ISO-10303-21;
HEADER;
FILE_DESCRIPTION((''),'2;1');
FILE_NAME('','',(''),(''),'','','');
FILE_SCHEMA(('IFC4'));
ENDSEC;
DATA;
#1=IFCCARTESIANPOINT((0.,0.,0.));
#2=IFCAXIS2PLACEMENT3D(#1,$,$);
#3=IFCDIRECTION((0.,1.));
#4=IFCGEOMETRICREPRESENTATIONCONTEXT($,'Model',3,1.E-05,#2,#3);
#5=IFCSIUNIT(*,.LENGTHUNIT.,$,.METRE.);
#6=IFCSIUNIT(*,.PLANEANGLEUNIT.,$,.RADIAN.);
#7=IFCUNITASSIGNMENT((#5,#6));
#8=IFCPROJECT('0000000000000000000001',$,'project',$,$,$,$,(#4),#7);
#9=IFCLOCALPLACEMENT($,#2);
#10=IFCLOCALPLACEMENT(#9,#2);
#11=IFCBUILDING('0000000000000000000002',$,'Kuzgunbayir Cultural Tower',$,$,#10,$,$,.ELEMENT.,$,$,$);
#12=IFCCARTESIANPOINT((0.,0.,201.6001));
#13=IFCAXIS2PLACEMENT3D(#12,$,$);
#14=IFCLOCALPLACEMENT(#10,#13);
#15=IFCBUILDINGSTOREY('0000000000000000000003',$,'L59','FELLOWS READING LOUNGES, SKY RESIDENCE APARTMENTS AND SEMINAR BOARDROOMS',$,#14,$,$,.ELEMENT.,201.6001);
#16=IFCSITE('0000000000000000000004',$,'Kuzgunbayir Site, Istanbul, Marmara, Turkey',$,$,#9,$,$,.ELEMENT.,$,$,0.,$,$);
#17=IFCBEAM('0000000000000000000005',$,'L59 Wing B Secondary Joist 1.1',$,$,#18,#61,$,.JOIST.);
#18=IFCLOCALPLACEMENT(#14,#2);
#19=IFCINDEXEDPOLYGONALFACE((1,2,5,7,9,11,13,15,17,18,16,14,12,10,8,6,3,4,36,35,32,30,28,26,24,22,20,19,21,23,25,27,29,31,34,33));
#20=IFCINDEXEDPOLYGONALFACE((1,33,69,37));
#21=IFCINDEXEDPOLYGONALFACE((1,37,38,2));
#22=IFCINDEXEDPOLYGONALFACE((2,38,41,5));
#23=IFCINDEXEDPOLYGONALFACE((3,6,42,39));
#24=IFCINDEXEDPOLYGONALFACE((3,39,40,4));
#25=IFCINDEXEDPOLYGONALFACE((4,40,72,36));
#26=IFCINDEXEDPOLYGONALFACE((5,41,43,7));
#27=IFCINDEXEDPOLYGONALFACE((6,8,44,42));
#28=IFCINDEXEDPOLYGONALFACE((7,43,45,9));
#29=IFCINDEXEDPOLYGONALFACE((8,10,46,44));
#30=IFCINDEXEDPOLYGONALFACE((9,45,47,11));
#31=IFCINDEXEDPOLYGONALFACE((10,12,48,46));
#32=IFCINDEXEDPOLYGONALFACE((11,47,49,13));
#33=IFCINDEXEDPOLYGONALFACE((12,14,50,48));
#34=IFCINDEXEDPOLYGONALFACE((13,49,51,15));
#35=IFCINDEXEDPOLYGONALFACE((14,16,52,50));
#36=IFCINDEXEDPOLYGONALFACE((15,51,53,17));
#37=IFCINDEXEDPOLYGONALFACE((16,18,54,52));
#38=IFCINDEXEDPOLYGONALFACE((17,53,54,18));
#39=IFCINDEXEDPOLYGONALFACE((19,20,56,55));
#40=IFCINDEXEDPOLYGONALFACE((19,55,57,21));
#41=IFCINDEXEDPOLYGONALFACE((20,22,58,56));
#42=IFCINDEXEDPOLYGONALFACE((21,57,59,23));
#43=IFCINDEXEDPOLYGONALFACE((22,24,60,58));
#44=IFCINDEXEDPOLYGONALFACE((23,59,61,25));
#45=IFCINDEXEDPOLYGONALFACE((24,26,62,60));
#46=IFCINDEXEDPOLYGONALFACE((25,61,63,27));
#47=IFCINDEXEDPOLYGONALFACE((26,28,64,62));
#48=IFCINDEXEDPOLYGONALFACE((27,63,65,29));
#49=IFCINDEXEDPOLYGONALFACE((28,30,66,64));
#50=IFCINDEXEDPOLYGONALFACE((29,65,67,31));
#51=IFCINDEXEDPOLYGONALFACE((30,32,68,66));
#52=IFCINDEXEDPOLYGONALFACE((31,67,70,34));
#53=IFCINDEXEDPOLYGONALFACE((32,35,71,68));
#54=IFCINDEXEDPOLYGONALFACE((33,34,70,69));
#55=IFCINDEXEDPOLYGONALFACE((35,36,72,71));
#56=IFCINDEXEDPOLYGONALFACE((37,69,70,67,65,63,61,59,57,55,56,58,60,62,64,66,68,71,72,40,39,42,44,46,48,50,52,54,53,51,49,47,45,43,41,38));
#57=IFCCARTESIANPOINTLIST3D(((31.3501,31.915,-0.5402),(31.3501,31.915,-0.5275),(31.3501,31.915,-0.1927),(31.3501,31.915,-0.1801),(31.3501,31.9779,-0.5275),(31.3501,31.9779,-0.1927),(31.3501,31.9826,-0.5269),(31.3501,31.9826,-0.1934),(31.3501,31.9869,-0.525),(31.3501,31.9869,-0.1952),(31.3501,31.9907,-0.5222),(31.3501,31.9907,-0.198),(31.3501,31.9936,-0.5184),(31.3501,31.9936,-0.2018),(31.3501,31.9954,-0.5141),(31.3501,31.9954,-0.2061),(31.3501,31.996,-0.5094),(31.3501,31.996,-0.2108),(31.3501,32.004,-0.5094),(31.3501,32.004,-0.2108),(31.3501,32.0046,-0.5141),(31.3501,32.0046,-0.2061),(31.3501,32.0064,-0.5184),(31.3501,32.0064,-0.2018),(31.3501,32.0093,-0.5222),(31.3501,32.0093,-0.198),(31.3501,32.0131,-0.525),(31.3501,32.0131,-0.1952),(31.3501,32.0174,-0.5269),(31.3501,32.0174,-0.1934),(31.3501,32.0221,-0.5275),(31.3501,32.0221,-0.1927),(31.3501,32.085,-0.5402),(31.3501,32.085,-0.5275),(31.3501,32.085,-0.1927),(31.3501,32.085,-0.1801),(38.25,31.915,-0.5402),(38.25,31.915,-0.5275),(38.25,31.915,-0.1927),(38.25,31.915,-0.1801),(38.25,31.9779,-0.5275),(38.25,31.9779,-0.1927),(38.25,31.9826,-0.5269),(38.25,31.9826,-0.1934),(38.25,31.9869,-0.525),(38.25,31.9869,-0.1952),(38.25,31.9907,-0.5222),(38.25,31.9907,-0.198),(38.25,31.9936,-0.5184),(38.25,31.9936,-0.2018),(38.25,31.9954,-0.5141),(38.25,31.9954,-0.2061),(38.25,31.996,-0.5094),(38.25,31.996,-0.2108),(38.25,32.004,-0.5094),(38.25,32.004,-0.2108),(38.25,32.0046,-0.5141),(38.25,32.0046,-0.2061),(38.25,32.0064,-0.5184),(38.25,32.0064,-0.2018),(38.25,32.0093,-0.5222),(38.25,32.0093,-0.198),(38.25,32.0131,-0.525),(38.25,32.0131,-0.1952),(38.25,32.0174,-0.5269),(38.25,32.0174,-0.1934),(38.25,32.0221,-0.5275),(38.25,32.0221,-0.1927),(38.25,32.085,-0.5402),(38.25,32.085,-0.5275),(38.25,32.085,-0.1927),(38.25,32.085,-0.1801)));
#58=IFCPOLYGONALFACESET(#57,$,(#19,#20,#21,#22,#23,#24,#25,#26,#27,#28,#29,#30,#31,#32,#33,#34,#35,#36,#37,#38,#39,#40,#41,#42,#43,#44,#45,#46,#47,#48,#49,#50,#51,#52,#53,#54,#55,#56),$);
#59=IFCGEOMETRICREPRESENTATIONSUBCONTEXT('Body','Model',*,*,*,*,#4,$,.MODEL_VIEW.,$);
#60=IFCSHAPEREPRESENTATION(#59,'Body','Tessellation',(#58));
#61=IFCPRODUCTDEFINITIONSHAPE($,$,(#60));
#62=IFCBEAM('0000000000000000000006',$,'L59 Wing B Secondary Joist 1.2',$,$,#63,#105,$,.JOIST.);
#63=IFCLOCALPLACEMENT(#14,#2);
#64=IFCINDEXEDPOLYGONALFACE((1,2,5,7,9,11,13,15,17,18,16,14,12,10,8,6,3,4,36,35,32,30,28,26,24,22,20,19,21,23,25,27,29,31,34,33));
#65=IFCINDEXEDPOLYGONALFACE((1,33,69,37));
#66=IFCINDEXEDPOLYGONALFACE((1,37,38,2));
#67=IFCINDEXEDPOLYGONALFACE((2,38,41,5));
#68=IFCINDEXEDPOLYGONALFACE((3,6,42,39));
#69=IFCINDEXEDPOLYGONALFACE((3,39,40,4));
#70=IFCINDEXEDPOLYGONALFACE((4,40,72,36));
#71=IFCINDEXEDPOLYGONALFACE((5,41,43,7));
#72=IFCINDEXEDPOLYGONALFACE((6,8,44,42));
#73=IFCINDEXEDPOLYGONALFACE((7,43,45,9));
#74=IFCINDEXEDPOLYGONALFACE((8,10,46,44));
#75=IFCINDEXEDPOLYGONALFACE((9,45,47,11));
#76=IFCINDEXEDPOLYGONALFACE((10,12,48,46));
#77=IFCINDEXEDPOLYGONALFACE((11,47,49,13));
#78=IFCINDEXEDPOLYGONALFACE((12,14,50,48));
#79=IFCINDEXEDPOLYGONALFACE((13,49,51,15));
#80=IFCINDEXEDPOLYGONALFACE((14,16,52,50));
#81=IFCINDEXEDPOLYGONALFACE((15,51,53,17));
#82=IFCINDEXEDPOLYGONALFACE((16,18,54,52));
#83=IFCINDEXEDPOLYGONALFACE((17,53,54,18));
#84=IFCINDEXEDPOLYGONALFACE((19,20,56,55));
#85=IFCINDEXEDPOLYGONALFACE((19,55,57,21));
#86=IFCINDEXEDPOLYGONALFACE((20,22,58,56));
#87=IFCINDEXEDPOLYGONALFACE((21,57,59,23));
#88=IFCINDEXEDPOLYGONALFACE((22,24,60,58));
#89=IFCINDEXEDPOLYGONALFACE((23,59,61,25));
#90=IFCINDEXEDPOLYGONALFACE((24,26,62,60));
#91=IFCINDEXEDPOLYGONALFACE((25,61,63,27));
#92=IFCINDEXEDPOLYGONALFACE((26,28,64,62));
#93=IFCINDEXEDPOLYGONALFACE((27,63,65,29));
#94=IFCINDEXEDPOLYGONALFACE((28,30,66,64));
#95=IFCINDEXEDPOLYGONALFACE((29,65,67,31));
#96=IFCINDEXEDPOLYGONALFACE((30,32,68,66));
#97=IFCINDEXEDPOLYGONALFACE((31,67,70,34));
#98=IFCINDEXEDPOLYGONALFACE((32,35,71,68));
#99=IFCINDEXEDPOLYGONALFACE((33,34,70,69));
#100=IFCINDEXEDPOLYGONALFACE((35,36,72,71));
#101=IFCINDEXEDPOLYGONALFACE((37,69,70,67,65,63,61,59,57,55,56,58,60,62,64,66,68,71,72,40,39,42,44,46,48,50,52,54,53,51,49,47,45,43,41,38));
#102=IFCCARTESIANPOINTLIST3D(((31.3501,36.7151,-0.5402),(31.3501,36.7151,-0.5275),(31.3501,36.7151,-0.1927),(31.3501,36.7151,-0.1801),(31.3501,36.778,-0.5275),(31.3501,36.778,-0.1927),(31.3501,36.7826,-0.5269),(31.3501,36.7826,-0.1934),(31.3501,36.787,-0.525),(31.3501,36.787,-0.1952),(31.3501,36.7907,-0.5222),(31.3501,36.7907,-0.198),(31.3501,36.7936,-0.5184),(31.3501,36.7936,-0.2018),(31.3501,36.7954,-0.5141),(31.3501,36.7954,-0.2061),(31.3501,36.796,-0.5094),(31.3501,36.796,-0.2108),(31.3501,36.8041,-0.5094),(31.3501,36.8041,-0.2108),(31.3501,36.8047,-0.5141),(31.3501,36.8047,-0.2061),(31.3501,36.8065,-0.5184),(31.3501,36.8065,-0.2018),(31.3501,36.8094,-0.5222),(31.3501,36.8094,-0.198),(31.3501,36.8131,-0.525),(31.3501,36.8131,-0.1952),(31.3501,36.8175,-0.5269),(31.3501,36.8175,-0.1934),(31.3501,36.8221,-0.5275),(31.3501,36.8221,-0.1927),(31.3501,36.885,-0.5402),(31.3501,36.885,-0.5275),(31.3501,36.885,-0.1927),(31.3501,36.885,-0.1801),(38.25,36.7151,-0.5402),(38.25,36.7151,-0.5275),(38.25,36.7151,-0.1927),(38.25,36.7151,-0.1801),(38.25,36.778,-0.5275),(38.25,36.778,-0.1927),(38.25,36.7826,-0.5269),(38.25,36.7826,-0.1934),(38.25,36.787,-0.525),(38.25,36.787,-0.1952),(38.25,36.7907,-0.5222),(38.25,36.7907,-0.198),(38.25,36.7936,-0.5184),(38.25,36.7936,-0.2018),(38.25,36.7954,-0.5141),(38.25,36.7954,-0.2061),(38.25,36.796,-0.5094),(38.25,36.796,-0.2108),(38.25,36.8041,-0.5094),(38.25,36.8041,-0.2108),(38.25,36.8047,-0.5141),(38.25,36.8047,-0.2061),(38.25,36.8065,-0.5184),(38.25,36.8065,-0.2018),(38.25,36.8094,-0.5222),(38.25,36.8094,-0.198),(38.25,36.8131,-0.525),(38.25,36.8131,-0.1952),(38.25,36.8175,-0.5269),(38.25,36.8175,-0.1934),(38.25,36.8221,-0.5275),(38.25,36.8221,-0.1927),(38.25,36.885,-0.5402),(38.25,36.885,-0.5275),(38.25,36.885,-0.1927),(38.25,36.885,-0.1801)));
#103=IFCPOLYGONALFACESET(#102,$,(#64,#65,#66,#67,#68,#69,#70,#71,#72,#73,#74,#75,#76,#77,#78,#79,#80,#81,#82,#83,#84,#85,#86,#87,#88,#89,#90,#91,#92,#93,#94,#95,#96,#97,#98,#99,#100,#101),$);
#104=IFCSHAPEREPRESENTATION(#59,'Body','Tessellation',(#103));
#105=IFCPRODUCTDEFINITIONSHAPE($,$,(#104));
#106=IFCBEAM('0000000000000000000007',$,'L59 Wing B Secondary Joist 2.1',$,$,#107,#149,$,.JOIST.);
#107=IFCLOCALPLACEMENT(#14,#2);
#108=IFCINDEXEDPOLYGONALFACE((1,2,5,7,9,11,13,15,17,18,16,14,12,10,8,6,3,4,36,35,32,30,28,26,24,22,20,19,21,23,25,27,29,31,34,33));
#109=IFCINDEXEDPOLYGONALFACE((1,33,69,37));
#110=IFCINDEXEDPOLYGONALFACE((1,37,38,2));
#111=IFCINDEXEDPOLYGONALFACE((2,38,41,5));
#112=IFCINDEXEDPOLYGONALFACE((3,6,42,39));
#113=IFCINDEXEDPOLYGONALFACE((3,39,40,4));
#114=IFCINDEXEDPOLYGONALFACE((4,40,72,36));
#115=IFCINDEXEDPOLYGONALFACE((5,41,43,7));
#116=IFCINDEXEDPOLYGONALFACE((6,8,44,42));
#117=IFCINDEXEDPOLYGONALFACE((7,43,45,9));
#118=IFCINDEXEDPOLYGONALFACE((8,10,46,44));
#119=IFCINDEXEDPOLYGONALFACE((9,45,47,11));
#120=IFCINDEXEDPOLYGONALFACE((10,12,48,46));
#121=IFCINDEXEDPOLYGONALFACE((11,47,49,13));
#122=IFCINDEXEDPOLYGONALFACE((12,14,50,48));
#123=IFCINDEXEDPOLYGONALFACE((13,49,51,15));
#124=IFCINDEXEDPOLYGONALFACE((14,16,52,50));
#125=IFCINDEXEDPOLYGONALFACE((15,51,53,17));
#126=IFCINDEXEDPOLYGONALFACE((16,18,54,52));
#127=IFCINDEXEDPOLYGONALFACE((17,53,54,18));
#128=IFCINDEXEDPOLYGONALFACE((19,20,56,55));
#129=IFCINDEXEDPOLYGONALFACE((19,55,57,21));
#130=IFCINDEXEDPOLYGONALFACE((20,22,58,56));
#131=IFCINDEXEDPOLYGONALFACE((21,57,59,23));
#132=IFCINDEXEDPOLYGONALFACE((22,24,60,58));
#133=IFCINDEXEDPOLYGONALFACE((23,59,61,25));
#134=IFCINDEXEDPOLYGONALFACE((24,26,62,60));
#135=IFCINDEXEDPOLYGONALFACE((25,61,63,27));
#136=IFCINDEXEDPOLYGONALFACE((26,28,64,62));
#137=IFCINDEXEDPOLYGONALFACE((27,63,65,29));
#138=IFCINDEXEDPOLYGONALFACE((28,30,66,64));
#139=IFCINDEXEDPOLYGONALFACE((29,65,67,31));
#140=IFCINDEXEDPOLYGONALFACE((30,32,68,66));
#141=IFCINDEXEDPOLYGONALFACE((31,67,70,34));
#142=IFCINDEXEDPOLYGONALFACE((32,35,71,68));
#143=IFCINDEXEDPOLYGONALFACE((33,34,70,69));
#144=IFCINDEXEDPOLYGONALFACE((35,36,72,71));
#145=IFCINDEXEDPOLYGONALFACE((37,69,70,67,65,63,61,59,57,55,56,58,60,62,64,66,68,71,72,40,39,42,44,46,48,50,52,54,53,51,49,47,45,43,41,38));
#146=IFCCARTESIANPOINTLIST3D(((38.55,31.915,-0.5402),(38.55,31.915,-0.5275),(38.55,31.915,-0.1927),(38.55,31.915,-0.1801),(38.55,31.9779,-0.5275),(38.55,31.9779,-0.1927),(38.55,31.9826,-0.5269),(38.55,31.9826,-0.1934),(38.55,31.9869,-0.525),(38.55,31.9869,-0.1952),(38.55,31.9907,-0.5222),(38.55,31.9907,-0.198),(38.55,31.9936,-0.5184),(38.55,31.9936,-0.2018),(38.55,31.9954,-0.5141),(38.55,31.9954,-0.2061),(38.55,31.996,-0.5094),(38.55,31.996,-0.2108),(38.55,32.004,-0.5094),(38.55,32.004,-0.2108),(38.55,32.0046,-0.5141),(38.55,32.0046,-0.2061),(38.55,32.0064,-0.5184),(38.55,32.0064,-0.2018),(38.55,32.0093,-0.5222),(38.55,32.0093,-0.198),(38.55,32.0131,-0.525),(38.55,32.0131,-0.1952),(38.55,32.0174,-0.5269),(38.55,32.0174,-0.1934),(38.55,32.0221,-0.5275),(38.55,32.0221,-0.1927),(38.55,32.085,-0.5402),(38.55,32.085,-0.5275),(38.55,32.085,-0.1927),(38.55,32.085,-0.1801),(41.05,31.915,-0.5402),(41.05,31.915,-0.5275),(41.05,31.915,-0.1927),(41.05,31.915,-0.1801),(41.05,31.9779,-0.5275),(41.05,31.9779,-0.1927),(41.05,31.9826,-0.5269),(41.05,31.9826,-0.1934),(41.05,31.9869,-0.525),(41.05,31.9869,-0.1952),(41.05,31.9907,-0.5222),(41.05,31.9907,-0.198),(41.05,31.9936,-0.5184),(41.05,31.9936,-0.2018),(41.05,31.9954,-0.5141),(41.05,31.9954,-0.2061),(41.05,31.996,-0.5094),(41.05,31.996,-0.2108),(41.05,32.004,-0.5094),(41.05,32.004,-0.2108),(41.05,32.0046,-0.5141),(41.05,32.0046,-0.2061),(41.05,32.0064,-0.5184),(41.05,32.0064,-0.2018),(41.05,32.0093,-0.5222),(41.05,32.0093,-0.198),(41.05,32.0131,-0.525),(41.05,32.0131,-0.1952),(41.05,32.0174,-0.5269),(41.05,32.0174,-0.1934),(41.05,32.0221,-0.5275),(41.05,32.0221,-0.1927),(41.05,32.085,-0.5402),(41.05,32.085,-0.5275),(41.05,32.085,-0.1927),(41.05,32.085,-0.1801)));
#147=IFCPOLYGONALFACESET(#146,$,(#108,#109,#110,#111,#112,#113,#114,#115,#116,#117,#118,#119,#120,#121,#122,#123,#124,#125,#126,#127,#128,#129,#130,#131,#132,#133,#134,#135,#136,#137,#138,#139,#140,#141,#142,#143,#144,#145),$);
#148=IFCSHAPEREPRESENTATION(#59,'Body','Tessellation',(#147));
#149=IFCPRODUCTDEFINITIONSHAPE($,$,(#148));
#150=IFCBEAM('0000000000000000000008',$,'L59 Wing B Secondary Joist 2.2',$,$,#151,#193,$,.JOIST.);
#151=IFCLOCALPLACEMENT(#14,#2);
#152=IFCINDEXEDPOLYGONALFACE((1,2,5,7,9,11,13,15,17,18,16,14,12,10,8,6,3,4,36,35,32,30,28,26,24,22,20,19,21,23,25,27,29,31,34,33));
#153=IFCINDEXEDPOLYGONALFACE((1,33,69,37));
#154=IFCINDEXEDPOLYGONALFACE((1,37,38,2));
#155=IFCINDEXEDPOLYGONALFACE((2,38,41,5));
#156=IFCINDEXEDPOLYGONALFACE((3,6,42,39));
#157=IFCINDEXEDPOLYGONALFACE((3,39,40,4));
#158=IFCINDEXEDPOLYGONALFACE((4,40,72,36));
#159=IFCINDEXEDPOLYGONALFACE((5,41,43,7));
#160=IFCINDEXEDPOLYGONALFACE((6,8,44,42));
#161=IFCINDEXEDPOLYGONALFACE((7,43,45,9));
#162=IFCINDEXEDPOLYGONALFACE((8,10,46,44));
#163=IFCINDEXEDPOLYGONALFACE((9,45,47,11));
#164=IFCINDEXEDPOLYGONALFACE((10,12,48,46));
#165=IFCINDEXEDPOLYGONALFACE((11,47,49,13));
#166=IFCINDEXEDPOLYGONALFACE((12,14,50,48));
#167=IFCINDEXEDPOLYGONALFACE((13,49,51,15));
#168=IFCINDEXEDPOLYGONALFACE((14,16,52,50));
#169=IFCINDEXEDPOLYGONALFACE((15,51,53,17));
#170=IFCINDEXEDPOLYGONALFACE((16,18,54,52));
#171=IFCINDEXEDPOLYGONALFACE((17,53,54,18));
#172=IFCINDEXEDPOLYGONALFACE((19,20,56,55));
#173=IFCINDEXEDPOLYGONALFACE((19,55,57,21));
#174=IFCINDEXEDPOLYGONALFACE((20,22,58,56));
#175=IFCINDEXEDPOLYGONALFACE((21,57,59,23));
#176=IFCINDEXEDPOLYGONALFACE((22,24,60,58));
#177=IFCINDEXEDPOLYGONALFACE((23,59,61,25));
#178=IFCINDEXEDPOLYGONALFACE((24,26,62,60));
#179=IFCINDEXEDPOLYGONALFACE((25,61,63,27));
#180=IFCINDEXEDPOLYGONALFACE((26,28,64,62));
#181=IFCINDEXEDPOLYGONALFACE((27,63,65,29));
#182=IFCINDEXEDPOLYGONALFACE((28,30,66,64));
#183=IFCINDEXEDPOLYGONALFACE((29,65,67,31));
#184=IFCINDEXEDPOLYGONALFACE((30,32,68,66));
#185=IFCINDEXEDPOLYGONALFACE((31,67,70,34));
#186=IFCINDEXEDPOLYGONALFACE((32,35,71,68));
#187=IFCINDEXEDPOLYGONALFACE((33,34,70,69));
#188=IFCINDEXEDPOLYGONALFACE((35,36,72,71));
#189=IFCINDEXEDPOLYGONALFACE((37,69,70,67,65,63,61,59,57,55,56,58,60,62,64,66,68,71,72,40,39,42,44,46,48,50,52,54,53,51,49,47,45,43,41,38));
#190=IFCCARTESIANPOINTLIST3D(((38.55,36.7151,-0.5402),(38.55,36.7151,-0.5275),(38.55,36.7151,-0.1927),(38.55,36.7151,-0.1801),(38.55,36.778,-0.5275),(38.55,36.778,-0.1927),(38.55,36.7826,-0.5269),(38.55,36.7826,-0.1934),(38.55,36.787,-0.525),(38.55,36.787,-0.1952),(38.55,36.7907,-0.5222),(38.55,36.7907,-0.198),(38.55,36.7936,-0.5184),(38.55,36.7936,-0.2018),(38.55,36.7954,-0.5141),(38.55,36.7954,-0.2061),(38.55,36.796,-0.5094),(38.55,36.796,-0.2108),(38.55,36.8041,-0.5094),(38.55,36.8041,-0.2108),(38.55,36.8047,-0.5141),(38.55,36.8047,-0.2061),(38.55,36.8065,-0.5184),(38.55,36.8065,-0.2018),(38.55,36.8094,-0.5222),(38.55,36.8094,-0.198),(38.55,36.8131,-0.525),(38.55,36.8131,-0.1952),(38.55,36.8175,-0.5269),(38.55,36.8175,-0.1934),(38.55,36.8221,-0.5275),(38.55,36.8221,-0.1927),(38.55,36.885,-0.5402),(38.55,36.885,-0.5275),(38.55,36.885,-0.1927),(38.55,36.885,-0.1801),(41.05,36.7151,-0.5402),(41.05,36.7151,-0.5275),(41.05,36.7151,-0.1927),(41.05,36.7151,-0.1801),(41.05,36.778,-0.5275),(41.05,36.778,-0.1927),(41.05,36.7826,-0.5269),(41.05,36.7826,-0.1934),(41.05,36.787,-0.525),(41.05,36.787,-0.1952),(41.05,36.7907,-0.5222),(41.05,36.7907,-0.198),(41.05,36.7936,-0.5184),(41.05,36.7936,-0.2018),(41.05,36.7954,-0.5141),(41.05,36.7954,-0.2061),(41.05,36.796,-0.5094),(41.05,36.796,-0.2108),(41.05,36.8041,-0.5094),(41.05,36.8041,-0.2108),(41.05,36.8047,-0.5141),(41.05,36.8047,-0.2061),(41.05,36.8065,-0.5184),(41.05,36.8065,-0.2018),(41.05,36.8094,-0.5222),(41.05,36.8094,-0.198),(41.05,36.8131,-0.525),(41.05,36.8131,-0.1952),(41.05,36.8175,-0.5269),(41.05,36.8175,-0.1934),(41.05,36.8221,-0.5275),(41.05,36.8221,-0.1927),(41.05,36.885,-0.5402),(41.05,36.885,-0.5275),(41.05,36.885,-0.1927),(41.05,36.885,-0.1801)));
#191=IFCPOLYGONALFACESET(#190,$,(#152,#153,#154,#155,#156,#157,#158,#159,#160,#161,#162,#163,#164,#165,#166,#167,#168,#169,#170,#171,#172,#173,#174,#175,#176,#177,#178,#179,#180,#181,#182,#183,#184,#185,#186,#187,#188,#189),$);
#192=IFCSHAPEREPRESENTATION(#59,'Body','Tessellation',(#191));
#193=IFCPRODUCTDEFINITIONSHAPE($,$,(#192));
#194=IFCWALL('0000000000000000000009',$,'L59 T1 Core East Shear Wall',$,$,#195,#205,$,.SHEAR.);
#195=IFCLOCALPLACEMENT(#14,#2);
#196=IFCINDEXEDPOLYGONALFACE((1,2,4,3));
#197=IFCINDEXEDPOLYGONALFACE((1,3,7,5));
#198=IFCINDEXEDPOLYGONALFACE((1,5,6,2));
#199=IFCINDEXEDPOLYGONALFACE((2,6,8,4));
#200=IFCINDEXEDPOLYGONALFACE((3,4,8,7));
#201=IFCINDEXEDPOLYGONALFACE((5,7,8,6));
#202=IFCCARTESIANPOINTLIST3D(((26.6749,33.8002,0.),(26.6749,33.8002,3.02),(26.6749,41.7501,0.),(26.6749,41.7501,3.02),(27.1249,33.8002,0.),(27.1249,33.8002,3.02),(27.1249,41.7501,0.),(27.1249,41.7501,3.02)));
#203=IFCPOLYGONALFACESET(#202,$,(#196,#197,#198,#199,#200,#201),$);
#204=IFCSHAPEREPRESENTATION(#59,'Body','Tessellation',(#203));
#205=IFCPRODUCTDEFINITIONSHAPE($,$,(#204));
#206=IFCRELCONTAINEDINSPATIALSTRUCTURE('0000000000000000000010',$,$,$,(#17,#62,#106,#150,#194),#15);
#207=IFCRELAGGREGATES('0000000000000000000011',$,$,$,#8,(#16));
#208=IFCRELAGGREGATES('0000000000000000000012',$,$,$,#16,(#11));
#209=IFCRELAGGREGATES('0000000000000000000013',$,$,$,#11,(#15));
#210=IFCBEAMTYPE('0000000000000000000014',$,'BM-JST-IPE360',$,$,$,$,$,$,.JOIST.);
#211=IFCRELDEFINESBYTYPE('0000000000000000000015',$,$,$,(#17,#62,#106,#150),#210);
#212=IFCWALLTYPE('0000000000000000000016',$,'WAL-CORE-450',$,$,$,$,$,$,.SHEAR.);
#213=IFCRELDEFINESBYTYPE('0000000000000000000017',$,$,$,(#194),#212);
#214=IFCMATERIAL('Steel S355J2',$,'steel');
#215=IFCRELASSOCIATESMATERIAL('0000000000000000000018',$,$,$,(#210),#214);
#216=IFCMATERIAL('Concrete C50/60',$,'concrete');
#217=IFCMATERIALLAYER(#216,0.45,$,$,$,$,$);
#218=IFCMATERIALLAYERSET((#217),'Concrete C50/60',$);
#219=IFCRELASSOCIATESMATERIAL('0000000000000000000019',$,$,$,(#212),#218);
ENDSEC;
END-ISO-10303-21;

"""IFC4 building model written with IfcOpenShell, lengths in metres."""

from ifc_helpers import new_model, si_unit, direction, frame, frame_2d, origin, origin_2d, place, context, subcontext, project, spatial, rectangle, i_section, extrude, material, layer, layer_set, material_profile, profile_set, type_object, element, save


model = new_model("IFC4")

# Units and contexts
model_context = context("Model", 3, precision=1e-05, world=origin(), true_north=direction((0.0, 1.0)))
body_context = subcontext(model_context, "Body", "Model", "MODEL_VIEW")
ifc_project = project(units=[si_unit("LENGTHUNIT", "METRE"), si_unit("PLANEANGLEUNIT", "RADIAN")], contexts=[model_context])

# Site, building, storey
site_placement = place(None, origin())
site = spatial("IfcSite", under=ifc_project, at=site_placement, Name="Kuzgunbayir Site, Istanbul, Marmara, Turkey", CompositionType="ELEMENT", RefElevation=0.0)
building_placement = place(site_placement, origin())
building = spatial("IfcBuilding", under=site, at=building_placement, Name="Kuzgunbayir Cultural Tower", CompositionType="ELEMENT")
storey_placement = place(building_placement, frame((0.0, 0.0, 201.6001)))
storey = spatial("IfcBuildingStorey", under=building, at=storey_placement, Name="L59", Description="FELLOWS READING LOUNGES, SKY RESIDENCE APARTMENTS AND SEMINAR BOARDROOMS", CompositionType="ELEMENT", Elevation=201.6001)

# Shared definitions
ifc_material_1 = material(Name="Concrete C50/60", Category="concrete")

# Beams
ifc_material_2 = material(Name="Steel S355J2", Category="steel")
ifc_material_profile_1 = material_profile(ifc_material_2, i_section(OverallWidth=0.1699, OverallDepth=0.3601, WebThickness=0.0081, FlangeThickness=0.0127, FilletRadius=0.0181, at=origin_2d()), Name="IPE 360")
ifc_profile_set_1 = profile_set([ifc_material_profile_1], Name="Steel S355J2")
beam_type_1 = type_object("IfcBeamType", Name="BM-JST-IPE360", PredefinedType="JOIST", material=ifc_profile_set_1)
for number, where, z_axis, x_axis, name in (
    (1, (31.3501, 32.0, -0.3601), (1.0, 0.0, 0.0), (0.0, 1.0, 0.0), "L59 Wing B Secondary Joist 1.1"),
    (2, (31.3501, 36.8, -0.3601), (1.0, 0.0, 0.0), (0.0, 1.0, 0.0), "L59 Wing B Secondary Joist 1.2"),
):
    element("IfcBeam", number, at=place(storey_placement, frame(where, z_axis=z_axis, x_axis=x_axis)), inside=storey, type_object=beam_type_1, Name=name, PredefinedType="JOIST", context=body_context, shape_type="SweptSolid", body=[
        extrude(i_section(OverallWidth=0.1699, OverallDepth=0.3601, WebThickness=0.0081, FlangeThickness=0.0127, FilletRadius=0.0181, at=origin_2d()), origin(), (0.0, 0.0, 1.0), 6.8999),
    ])
for number, where, z_axis, x_axis, name in (
    (3, (38.55, 32.0, -0.3601), (1.0, 0.0, 0.0), (0.0, 1.0, 0.0), "L59 Wing B Secondary Joist 2.1"),
    (4, (38.55, 36.8, -0.3601), (1.0, 0.0, 0.0), (0.0, 1.0, 0.0), "L59 Wing B Secondary Joist 2.2"),
):
    element("IfcBeam", number, at=place(storey_placement, frame(where, z_axis=z_axis, x_axis=x_axis)), inside=storey, type_object=beam_type_1, Name=name, PredefinedType="JOIST", context=body_context, shape_type="SweptSolid", body=[
        extrude(i_section(OverallWidth=0.1699, OverallDepth=0.3601, WebThickness=0.0081, FlangeThickness=0.0127, FilletRadius=0.0181, at=origin_2d()), origin(), (0.0, 0.0, 1.0), 2.5),
    ])

# Wall
ifc_layer_1 = layer(ifc_material_1, 0.45)
ifc_layer_set_1 = layer_set([ifc_layer_1], Name="Concrete C50/60")
wall_type_1 = type_object("IfcWallType", Name="WAL-CORE-450", PredefinedType="SHEAR", material=ifc_layer_set_1)
wall_1_placement = place(storey_placement, frame((26.8999, 33.8, 0.0), z_axis=(0.0, 0.0, 1.0), x_axis=(0.0, 1.0, 0.0)))
element("IfcWall", 5, at=wall_1_placement, inside=storey, type_object=wall_type_1, Name="L59 T1 Core East Shear Wall", PredefinedType="SHEAR", context=body_context, shape_type="SweptSolid", body=[
    extrude(rectangle(XDim=7.95, YDim=0.45, at=frame_2d((3.9751, 0.0))), origin(), (0.0, 0.0, 1.0), 3.02),
])

save(model, "model.ifc")
